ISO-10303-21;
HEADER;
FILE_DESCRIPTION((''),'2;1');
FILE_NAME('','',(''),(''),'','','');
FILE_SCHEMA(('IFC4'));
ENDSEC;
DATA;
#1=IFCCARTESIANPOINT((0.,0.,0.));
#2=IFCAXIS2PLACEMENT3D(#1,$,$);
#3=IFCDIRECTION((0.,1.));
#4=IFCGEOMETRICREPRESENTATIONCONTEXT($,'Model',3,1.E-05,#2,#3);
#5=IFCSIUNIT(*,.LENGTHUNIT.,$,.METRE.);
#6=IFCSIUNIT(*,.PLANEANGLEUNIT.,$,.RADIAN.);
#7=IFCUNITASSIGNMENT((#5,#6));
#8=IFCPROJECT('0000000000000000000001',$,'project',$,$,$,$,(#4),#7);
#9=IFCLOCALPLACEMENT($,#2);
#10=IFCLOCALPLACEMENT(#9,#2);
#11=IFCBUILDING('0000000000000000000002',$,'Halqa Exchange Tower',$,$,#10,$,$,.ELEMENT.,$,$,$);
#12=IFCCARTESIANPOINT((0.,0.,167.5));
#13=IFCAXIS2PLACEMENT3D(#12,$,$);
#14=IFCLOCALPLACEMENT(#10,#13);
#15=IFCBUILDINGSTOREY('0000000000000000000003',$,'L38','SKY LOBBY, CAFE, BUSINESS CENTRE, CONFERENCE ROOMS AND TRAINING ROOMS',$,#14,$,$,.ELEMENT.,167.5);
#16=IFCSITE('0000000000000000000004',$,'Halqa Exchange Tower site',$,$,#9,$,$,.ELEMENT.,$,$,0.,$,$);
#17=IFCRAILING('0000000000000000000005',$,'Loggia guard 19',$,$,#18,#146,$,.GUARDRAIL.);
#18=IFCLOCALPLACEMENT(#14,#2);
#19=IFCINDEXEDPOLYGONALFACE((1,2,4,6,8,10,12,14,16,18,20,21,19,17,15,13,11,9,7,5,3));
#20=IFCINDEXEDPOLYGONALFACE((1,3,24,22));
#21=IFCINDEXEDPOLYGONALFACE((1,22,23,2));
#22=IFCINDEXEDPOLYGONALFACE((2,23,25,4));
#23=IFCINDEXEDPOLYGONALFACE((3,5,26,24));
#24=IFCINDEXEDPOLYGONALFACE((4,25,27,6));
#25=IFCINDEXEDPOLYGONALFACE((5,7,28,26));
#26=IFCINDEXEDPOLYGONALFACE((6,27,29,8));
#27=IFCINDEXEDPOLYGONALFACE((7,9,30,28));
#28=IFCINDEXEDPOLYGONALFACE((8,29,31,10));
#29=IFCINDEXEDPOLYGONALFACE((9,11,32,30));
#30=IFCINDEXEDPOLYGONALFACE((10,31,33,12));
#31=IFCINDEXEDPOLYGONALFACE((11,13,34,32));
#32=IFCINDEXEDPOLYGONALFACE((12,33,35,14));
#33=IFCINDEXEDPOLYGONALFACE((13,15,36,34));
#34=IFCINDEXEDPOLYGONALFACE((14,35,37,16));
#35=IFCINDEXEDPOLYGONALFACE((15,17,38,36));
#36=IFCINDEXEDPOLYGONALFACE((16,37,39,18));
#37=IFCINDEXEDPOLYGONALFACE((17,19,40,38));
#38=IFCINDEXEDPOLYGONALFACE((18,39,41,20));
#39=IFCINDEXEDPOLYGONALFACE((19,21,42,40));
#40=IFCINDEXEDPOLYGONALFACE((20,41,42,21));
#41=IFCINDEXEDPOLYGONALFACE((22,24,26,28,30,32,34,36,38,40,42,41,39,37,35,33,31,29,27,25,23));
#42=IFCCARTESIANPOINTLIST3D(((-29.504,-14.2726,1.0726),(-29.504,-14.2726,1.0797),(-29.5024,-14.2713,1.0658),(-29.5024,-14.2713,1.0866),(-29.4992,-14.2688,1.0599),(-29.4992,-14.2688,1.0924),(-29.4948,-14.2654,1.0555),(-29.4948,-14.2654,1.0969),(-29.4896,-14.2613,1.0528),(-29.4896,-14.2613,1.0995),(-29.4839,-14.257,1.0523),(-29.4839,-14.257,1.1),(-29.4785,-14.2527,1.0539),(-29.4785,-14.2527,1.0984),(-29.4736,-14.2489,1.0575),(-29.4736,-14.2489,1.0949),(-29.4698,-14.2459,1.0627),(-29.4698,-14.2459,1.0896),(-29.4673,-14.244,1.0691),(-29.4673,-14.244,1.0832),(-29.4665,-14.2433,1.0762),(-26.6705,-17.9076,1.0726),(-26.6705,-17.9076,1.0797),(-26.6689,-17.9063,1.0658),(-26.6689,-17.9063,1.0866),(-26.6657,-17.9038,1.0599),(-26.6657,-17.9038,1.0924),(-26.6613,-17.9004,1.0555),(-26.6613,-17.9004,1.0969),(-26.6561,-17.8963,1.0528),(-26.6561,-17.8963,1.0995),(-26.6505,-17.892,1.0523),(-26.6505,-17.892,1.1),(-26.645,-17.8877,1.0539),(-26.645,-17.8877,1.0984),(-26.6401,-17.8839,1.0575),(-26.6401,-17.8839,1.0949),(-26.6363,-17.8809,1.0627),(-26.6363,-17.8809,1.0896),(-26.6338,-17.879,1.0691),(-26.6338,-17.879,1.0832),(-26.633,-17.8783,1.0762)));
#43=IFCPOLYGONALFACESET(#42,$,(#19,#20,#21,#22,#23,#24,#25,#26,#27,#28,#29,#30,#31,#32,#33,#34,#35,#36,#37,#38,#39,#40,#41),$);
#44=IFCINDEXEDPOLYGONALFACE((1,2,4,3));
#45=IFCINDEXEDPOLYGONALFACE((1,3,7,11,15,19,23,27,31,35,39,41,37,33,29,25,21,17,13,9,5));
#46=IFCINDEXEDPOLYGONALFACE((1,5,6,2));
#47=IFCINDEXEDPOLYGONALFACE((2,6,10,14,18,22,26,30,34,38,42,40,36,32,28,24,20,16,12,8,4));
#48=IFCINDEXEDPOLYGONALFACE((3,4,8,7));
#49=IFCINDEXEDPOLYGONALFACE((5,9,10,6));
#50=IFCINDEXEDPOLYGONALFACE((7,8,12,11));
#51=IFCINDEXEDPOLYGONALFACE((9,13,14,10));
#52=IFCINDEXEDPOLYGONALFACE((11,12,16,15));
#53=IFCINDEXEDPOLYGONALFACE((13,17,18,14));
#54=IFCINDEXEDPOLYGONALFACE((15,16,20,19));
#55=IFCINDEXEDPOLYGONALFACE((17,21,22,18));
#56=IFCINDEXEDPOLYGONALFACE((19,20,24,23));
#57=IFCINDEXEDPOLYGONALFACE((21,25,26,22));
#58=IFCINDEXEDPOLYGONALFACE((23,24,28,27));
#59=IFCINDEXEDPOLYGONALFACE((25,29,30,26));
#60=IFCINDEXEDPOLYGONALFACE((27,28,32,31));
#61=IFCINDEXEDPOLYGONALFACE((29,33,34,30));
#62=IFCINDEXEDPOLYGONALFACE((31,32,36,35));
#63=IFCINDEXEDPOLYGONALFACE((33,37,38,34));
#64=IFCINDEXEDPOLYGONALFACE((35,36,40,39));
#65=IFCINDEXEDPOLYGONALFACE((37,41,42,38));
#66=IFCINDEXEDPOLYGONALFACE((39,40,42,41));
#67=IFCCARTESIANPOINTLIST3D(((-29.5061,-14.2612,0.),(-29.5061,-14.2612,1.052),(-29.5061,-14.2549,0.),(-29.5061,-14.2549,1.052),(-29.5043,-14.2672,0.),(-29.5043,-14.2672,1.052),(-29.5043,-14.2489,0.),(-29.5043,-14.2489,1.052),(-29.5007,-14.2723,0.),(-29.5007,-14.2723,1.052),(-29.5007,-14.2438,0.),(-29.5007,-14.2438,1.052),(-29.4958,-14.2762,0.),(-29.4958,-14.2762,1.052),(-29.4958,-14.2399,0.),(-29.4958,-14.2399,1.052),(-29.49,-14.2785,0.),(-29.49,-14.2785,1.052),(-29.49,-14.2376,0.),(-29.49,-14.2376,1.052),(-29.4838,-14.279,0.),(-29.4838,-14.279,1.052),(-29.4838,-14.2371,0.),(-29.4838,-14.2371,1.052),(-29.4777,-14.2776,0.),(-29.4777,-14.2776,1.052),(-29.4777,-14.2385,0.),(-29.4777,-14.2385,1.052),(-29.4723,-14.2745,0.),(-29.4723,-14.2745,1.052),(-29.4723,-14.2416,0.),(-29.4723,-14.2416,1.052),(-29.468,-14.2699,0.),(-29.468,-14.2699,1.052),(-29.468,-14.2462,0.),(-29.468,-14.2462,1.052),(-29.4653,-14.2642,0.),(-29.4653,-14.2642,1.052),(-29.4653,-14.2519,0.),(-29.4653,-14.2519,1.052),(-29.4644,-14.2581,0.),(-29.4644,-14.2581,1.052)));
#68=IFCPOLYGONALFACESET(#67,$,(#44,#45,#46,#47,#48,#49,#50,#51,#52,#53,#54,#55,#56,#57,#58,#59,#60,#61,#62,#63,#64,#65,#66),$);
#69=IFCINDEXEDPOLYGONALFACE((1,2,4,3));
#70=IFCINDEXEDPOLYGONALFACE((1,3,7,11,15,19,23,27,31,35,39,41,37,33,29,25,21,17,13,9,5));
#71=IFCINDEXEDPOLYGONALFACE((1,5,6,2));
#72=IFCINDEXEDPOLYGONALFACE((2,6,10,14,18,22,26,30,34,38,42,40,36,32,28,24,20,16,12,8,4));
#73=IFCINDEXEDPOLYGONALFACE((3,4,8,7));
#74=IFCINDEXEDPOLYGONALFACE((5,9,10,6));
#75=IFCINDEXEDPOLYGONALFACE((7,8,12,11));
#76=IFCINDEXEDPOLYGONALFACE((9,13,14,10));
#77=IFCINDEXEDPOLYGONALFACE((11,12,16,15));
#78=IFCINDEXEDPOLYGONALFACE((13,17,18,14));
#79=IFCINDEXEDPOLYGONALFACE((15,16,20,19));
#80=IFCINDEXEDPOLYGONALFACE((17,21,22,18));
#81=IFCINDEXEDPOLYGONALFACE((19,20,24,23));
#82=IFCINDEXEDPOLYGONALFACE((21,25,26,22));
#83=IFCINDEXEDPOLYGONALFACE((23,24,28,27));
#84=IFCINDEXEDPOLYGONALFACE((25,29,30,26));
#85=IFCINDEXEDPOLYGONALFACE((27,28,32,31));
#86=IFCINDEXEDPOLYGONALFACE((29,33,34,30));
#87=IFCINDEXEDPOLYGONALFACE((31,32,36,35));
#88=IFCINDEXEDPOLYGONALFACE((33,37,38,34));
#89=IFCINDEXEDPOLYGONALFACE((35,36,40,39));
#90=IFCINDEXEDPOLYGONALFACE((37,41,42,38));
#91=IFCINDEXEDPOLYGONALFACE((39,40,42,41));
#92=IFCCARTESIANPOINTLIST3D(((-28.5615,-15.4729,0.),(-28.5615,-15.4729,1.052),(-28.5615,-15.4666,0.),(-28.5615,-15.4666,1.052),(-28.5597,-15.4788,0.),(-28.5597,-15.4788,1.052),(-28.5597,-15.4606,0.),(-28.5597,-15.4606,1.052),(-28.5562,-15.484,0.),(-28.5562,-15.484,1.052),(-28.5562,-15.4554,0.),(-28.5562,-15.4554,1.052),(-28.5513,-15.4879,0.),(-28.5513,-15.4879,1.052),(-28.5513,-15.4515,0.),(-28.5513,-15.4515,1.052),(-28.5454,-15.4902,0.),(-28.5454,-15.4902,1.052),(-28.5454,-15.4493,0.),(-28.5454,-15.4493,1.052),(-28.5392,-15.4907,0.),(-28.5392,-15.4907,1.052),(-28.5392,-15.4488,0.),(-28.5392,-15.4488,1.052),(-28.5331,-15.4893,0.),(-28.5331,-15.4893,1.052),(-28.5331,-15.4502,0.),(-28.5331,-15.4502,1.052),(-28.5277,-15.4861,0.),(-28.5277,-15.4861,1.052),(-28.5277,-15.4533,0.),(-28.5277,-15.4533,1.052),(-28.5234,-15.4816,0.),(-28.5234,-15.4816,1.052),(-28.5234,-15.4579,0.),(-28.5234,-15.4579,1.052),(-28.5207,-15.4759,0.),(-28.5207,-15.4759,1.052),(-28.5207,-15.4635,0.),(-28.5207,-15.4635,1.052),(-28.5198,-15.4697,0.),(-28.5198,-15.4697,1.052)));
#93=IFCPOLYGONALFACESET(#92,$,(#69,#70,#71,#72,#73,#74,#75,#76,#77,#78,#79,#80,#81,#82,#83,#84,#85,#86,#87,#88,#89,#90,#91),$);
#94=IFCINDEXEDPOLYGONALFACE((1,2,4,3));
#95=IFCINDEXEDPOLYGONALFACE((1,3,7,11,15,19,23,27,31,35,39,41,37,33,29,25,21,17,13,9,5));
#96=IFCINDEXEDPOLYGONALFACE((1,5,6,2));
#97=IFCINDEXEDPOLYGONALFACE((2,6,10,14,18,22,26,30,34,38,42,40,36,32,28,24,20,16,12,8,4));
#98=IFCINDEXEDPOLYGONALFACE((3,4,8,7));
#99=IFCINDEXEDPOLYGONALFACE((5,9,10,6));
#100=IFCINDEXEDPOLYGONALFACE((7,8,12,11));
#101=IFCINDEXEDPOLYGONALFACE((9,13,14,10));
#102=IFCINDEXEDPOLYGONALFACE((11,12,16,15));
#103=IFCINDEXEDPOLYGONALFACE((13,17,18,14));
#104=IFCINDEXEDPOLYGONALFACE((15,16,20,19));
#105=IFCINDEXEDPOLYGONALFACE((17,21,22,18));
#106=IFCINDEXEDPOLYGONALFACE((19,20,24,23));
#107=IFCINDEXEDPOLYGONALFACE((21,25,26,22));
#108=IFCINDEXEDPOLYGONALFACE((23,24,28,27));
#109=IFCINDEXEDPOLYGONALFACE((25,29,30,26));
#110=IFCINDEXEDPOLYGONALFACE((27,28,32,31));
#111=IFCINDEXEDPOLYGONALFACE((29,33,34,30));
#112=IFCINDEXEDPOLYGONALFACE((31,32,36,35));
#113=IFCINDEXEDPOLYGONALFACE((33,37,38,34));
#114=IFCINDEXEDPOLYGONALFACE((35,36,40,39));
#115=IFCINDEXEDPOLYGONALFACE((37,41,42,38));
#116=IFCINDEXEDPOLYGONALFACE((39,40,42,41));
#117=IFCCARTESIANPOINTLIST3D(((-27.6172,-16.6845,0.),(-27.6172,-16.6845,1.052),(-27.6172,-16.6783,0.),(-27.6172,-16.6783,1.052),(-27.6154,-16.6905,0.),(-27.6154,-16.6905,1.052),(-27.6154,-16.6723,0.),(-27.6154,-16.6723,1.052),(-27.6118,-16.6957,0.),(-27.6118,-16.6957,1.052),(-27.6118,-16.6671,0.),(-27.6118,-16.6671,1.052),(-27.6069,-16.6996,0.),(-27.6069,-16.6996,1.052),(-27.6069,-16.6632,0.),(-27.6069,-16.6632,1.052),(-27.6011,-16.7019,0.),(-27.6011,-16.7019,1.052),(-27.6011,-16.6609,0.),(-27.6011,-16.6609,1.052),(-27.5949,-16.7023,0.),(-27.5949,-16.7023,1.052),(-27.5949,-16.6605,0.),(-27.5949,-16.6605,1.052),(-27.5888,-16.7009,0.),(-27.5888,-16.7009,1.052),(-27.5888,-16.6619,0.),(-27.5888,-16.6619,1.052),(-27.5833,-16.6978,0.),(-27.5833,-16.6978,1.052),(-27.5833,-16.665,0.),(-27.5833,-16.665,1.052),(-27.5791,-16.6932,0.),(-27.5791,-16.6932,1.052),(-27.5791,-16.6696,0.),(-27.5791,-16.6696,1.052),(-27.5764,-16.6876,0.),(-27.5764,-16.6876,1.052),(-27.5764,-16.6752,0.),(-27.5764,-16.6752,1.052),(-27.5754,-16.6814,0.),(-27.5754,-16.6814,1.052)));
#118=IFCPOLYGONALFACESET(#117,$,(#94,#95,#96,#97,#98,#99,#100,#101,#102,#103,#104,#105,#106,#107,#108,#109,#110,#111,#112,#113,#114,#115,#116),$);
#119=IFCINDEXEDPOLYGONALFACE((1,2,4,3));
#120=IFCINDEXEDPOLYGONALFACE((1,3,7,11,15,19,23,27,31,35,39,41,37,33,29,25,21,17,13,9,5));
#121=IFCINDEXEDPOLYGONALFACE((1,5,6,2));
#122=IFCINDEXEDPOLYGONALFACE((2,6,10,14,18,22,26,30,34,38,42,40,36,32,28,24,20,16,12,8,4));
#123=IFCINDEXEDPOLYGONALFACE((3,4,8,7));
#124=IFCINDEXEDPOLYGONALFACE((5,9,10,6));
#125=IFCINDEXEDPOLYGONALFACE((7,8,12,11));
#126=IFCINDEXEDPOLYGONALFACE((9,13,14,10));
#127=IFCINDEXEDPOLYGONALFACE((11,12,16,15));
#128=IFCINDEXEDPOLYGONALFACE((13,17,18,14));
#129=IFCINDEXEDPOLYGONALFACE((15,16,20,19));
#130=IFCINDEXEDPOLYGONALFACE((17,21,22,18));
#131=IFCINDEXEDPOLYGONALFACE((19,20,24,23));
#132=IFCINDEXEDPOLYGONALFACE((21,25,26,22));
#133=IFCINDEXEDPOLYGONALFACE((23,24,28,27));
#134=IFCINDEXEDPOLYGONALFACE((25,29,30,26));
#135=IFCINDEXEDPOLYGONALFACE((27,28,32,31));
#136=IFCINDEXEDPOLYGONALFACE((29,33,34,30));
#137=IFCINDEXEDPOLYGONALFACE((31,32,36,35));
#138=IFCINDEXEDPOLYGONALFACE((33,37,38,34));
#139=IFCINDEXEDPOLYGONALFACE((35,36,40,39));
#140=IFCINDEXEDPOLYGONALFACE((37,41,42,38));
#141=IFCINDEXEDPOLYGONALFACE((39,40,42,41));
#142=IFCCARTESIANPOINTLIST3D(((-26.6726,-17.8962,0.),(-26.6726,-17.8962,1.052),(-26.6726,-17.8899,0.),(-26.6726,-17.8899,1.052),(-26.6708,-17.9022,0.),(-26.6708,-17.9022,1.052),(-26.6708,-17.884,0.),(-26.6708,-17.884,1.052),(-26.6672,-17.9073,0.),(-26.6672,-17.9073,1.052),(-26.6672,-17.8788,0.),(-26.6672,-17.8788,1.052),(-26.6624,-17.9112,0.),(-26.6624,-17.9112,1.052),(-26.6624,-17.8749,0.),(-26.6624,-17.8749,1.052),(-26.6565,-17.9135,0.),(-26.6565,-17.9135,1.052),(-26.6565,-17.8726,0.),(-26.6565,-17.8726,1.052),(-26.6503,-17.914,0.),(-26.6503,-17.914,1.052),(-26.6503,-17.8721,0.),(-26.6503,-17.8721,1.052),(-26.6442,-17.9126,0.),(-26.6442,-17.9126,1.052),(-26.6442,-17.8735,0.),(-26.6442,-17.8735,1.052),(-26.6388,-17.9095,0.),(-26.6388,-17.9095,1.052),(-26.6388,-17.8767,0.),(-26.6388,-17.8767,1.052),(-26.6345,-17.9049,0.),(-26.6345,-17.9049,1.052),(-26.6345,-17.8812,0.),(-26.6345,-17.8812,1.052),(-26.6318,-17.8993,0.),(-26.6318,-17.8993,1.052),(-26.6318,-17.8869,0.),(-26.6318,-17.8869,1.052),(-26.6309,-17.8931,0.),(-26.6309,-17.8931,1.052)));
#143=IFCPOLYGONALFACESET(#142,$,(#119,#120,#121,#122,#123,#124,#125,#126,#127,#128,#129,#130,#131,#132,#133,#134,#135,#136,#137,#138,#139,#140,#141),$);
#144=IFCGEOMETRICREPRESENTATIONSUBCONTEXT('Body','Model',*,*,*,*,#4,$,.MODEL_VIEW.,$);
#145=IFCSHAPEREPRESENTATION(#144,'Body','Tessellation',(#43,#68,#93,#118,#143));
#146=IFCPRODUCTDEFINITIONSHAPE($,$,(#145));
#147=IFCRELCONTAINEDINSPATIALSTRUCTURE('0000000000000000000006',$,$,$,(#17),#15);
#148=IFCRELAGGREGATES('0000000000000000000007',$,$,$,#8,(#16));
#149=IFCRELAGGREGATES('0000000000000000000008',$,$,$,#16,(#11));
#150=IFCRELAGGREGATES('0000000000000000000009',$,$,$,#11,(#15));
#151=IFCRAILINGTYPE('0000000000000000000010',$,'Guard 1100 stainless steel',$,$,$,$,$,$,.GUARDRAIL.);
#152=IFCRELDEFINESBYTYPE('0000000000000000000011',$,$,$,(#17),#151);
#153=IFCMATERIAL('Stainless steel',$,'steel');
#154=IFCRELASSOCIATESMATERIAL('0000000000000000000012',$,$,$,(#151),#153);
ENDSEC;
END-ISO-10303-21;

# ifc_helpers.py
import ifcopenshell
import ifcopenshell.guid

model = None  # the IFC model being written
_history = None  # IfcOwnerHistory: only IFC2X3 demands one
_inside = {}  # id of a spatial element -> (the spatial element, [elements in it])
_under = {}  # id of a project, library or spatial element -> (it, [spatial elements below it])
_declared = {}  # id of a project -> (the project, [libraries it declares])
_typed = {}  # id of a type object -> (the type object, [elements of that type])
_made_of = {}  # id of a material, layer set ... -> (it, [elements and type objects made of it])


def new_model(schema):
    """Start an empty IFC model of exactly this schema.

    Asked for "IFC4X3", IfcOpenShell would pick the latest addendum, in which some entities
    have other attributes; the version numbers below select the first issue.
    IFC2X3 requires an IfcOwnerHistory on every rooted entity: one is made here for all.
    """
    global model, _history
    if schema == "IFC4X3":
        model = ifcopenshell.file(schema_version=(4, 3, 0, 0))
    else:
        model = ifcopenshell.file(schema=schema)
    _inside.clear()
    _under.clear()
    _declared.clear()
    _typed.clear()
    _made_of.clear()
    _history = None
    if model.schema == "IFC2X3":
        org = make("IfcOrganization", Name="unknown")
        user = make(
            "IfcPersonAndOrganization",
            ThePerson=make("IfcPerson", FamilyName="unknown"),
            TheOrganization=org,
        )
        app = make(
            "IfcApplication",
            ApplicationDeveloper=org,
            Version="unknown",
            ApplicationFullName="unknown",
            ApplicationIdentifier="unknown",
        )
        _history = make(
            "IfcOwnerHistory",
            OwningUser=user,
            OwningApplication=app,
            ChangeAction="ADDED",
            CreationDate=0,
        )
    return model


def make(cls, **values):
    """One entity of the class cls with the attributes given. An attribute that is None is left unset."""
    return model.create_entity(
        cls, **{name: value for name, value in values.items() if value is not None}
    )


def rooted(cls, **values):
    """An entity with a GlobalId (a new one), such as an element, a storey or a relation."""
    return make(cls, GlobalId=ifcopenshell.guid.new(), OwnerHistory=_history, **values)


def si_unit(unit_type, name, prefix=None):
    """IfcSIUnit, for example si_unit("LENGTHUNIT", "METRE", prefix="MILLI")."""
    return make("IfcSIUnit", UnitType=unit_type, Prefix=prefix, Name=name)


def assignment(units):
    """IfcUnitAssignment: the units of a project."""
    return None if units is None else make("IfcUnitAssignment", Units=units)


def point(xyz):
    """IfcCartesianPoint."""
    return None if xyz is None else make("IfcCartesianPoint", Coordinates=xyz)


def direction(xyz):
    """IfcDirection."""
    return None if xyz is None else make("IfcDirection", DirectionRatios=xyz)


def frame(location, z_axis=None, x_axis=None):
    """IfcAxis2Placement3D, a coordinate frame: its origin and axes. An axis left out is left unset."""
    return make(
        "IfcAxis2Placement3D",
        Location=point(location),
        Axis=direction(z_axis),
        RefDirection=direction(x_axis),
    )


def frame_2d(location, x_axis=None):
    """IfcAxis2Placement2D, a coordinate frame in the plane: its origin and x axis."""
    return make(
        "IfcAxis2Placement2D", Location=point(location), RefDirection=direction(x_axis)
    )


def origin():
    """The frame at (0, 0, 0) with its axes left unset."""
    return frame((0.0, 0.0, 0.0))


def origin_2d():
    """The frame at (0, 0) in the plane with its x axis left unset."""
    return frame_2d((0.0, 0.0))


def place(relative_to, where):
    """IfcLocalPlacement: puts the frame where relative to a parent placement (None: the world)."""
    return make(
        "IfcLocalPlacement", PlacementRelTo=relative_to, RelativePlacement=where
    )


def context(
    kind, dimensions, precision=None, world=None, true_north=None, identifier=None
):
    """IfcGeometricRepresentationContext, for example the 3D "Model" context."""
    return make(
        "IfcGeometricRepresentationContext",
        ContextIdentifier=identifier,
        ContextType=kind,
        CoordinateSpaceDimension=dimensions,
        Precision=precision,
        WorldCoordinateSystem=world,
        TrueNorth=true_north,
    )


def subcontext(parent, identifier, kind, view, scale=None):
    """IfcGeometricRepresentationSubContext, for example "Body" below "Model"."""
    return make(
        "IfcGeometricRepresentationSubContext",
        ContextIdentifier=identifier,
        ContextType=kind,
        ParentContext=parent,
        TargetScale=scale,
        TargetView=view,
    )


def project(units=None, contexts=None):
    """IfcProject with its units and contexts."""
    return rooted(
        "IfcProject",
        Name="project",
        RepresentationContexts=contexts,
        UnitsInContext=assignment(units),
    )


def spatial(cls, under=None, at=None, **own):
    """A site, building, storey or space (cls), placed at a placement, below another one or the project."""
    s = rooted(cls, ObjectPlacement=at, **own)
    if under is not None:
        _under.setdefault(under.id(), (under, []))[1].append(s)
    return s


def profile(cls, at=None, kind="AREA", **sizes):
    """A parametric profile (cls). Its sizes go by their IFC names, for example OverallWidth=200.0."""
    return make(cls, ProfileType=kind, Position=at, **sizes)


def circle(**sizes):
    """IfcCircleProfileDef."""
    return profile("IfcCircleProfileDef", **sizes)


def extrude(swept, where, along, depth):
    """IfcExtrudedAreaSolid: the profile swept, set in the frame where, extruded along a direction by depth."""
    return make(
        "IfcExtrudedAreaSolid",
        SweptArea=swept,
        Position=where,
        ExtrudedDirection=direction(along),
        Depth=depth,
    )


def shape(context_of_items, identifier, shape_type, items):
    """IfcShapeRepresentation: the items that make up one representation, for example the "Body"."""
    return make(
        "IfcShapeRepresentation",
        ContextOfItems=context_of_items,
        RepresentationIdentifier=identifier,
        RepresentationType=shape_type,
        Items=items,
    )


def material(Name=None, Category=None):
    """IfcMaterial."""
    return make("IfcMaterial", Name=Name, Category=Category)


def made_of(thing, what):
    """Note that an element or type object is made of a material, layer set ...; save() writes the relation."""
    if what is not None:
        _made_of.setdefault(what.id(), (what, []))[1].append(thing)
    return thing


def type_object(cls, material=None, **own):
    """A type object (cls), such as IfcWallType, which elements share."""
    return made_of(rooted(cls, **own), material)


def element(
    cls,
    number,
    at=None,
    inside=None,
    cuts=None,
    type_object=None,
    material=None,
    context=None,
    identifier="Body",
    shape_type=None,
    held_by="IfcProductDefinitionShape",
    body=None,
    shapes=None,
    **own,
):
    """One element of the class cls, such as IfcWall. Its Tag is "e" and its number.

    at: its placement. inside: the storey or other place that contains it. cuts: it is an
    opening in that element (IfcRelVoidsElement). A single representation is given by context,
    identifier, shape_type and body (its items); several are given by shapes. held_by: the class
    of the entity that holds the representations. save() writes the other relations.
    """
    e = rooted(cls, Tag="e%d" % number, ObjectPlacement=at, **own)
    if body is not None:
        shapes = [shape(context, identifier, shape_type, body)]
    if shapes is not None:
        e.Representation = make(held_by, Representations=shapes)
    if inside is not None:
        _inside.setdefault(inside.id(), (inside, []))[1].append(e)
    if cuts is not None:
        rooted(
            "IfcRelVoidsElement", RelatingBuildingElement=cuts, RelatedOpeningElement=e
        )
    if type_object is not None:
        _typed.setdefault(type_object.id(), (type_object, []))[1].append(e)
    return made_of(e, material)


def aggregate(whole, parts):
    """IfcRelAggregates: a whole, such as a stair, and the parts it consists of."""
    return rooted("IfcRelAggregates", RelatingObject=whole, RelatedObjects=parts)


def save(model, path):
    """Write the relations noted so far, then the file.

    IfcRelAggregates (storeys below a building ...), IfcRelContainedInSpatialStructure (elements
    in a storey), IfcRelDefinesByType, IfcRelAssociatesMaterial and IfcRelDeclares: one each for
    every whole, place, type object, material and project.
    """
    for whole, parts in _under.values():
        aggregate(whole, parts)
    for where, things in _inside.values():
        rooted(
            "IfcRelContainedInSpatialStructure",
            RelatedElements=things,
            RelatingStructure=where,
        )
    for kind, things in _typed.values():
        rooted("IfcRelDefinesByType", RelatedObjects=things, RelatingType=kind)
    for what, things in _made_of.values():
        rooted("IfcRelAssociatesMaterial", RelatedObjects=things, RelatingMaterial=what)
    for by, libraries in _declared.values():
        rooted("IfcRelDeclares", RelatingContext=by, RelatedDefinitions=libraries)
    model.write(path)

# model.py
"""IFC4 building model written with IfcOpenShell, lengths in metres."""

from ifc_helpers import new_model, si_unit, direction, frame, origin, origin_2d, place, context, subcontext, project, spatial, circle, extrude, material, type_object, element, save


model = new_model("IFC4")

# Units and contexts
model_context = context("Model", 3, precision=1e-05, world=origin(), true_north=direction((0.0, 1.0)))
body_context = subcontext(model_context, "Body", "Model", "MODEL_VIEW")
ifc_project = project(units=[si_unit("LENGTHUNIT", "METRE"), si_unit("PLANEANGLEUNIT", "RADIAN")], contexts=[model_context])

# Site, building, storey
site_placement = place(None, origin())
site = spatial("IfcSite", under=ifc_project, at=site_placement, Name="Halqa Exchange Tower site", CompositionType="ELEMENT", RefElevation=0.0)
building_placement = place(site_placement, origin())
building = spatial("IfcBuilding", under=site, at=building_placement, Name="Halqa Exchange Tower", CompositionType="ELEMENT")
storey_placement = place(building_placement, frame((0.0, 0.0, 167.5)))
storey = spatial("IfcBuildingStorey", under=building, at=storey_placement, Name="L38", Description="SKY LOBBY, CAFE, BUSINESS CENTRE, CONFERENCE ROOMS AND TRAINING ROOMS", CompositionType="ELEMENT", Elevation=167.5)

# Railing
ifc_material_1 = material(Name="Stainless steel", Category="steel")
railing_type = type_object("IfcRailingType", Name="Guard 1100 stainless steel", PredefinedType="GUARDRAIL", material=ifc_material_1)
railing_1_placement = place(storey_placement, frame((-29.4854, -14.2581, 0.0)))
element("IfcRailing", 1, at=railing_1_placement, inside=storey, type_object=railing_type, Name="Loggia guard 19", PredefinedType="GUARDRAIL", context=body_context, shape_type="SweptSolid", body=[
    extrude(circle(Radius=0.0239, at=origin_2d()), frame((0.0, 0.0, 1.0762), z_axis=(0.614787, -0.788693, 0.0), x_axis=(0.788693, 0.614787, 0.0)), (0.0, 0.0, 1.0), 4.6089),
    extrude(circle(Radius=0.021, at=origin_2d()), origin(), (0.0, 0.0, 1.0), 1.052),
    extrude(circle(Radius=0.021, at=origin_2d()), frame((0.9446, -1.2117, 0.0)), (0.0, 0.0, 1.0), 1.052),
    extrude(circle(Radius=0.021, at=origin_2d()), frame((1.8889, -2.4233, 0.0)), (0.0, 0.0, 1.0), 1.052),
    extrude(circle(Radius=0.021, at=origin_2d()), frame((2.8335, -3.635, 0.0)), (0.0, 0.0, 1.0), 1.052),
])

save(model, "model.ifc")
